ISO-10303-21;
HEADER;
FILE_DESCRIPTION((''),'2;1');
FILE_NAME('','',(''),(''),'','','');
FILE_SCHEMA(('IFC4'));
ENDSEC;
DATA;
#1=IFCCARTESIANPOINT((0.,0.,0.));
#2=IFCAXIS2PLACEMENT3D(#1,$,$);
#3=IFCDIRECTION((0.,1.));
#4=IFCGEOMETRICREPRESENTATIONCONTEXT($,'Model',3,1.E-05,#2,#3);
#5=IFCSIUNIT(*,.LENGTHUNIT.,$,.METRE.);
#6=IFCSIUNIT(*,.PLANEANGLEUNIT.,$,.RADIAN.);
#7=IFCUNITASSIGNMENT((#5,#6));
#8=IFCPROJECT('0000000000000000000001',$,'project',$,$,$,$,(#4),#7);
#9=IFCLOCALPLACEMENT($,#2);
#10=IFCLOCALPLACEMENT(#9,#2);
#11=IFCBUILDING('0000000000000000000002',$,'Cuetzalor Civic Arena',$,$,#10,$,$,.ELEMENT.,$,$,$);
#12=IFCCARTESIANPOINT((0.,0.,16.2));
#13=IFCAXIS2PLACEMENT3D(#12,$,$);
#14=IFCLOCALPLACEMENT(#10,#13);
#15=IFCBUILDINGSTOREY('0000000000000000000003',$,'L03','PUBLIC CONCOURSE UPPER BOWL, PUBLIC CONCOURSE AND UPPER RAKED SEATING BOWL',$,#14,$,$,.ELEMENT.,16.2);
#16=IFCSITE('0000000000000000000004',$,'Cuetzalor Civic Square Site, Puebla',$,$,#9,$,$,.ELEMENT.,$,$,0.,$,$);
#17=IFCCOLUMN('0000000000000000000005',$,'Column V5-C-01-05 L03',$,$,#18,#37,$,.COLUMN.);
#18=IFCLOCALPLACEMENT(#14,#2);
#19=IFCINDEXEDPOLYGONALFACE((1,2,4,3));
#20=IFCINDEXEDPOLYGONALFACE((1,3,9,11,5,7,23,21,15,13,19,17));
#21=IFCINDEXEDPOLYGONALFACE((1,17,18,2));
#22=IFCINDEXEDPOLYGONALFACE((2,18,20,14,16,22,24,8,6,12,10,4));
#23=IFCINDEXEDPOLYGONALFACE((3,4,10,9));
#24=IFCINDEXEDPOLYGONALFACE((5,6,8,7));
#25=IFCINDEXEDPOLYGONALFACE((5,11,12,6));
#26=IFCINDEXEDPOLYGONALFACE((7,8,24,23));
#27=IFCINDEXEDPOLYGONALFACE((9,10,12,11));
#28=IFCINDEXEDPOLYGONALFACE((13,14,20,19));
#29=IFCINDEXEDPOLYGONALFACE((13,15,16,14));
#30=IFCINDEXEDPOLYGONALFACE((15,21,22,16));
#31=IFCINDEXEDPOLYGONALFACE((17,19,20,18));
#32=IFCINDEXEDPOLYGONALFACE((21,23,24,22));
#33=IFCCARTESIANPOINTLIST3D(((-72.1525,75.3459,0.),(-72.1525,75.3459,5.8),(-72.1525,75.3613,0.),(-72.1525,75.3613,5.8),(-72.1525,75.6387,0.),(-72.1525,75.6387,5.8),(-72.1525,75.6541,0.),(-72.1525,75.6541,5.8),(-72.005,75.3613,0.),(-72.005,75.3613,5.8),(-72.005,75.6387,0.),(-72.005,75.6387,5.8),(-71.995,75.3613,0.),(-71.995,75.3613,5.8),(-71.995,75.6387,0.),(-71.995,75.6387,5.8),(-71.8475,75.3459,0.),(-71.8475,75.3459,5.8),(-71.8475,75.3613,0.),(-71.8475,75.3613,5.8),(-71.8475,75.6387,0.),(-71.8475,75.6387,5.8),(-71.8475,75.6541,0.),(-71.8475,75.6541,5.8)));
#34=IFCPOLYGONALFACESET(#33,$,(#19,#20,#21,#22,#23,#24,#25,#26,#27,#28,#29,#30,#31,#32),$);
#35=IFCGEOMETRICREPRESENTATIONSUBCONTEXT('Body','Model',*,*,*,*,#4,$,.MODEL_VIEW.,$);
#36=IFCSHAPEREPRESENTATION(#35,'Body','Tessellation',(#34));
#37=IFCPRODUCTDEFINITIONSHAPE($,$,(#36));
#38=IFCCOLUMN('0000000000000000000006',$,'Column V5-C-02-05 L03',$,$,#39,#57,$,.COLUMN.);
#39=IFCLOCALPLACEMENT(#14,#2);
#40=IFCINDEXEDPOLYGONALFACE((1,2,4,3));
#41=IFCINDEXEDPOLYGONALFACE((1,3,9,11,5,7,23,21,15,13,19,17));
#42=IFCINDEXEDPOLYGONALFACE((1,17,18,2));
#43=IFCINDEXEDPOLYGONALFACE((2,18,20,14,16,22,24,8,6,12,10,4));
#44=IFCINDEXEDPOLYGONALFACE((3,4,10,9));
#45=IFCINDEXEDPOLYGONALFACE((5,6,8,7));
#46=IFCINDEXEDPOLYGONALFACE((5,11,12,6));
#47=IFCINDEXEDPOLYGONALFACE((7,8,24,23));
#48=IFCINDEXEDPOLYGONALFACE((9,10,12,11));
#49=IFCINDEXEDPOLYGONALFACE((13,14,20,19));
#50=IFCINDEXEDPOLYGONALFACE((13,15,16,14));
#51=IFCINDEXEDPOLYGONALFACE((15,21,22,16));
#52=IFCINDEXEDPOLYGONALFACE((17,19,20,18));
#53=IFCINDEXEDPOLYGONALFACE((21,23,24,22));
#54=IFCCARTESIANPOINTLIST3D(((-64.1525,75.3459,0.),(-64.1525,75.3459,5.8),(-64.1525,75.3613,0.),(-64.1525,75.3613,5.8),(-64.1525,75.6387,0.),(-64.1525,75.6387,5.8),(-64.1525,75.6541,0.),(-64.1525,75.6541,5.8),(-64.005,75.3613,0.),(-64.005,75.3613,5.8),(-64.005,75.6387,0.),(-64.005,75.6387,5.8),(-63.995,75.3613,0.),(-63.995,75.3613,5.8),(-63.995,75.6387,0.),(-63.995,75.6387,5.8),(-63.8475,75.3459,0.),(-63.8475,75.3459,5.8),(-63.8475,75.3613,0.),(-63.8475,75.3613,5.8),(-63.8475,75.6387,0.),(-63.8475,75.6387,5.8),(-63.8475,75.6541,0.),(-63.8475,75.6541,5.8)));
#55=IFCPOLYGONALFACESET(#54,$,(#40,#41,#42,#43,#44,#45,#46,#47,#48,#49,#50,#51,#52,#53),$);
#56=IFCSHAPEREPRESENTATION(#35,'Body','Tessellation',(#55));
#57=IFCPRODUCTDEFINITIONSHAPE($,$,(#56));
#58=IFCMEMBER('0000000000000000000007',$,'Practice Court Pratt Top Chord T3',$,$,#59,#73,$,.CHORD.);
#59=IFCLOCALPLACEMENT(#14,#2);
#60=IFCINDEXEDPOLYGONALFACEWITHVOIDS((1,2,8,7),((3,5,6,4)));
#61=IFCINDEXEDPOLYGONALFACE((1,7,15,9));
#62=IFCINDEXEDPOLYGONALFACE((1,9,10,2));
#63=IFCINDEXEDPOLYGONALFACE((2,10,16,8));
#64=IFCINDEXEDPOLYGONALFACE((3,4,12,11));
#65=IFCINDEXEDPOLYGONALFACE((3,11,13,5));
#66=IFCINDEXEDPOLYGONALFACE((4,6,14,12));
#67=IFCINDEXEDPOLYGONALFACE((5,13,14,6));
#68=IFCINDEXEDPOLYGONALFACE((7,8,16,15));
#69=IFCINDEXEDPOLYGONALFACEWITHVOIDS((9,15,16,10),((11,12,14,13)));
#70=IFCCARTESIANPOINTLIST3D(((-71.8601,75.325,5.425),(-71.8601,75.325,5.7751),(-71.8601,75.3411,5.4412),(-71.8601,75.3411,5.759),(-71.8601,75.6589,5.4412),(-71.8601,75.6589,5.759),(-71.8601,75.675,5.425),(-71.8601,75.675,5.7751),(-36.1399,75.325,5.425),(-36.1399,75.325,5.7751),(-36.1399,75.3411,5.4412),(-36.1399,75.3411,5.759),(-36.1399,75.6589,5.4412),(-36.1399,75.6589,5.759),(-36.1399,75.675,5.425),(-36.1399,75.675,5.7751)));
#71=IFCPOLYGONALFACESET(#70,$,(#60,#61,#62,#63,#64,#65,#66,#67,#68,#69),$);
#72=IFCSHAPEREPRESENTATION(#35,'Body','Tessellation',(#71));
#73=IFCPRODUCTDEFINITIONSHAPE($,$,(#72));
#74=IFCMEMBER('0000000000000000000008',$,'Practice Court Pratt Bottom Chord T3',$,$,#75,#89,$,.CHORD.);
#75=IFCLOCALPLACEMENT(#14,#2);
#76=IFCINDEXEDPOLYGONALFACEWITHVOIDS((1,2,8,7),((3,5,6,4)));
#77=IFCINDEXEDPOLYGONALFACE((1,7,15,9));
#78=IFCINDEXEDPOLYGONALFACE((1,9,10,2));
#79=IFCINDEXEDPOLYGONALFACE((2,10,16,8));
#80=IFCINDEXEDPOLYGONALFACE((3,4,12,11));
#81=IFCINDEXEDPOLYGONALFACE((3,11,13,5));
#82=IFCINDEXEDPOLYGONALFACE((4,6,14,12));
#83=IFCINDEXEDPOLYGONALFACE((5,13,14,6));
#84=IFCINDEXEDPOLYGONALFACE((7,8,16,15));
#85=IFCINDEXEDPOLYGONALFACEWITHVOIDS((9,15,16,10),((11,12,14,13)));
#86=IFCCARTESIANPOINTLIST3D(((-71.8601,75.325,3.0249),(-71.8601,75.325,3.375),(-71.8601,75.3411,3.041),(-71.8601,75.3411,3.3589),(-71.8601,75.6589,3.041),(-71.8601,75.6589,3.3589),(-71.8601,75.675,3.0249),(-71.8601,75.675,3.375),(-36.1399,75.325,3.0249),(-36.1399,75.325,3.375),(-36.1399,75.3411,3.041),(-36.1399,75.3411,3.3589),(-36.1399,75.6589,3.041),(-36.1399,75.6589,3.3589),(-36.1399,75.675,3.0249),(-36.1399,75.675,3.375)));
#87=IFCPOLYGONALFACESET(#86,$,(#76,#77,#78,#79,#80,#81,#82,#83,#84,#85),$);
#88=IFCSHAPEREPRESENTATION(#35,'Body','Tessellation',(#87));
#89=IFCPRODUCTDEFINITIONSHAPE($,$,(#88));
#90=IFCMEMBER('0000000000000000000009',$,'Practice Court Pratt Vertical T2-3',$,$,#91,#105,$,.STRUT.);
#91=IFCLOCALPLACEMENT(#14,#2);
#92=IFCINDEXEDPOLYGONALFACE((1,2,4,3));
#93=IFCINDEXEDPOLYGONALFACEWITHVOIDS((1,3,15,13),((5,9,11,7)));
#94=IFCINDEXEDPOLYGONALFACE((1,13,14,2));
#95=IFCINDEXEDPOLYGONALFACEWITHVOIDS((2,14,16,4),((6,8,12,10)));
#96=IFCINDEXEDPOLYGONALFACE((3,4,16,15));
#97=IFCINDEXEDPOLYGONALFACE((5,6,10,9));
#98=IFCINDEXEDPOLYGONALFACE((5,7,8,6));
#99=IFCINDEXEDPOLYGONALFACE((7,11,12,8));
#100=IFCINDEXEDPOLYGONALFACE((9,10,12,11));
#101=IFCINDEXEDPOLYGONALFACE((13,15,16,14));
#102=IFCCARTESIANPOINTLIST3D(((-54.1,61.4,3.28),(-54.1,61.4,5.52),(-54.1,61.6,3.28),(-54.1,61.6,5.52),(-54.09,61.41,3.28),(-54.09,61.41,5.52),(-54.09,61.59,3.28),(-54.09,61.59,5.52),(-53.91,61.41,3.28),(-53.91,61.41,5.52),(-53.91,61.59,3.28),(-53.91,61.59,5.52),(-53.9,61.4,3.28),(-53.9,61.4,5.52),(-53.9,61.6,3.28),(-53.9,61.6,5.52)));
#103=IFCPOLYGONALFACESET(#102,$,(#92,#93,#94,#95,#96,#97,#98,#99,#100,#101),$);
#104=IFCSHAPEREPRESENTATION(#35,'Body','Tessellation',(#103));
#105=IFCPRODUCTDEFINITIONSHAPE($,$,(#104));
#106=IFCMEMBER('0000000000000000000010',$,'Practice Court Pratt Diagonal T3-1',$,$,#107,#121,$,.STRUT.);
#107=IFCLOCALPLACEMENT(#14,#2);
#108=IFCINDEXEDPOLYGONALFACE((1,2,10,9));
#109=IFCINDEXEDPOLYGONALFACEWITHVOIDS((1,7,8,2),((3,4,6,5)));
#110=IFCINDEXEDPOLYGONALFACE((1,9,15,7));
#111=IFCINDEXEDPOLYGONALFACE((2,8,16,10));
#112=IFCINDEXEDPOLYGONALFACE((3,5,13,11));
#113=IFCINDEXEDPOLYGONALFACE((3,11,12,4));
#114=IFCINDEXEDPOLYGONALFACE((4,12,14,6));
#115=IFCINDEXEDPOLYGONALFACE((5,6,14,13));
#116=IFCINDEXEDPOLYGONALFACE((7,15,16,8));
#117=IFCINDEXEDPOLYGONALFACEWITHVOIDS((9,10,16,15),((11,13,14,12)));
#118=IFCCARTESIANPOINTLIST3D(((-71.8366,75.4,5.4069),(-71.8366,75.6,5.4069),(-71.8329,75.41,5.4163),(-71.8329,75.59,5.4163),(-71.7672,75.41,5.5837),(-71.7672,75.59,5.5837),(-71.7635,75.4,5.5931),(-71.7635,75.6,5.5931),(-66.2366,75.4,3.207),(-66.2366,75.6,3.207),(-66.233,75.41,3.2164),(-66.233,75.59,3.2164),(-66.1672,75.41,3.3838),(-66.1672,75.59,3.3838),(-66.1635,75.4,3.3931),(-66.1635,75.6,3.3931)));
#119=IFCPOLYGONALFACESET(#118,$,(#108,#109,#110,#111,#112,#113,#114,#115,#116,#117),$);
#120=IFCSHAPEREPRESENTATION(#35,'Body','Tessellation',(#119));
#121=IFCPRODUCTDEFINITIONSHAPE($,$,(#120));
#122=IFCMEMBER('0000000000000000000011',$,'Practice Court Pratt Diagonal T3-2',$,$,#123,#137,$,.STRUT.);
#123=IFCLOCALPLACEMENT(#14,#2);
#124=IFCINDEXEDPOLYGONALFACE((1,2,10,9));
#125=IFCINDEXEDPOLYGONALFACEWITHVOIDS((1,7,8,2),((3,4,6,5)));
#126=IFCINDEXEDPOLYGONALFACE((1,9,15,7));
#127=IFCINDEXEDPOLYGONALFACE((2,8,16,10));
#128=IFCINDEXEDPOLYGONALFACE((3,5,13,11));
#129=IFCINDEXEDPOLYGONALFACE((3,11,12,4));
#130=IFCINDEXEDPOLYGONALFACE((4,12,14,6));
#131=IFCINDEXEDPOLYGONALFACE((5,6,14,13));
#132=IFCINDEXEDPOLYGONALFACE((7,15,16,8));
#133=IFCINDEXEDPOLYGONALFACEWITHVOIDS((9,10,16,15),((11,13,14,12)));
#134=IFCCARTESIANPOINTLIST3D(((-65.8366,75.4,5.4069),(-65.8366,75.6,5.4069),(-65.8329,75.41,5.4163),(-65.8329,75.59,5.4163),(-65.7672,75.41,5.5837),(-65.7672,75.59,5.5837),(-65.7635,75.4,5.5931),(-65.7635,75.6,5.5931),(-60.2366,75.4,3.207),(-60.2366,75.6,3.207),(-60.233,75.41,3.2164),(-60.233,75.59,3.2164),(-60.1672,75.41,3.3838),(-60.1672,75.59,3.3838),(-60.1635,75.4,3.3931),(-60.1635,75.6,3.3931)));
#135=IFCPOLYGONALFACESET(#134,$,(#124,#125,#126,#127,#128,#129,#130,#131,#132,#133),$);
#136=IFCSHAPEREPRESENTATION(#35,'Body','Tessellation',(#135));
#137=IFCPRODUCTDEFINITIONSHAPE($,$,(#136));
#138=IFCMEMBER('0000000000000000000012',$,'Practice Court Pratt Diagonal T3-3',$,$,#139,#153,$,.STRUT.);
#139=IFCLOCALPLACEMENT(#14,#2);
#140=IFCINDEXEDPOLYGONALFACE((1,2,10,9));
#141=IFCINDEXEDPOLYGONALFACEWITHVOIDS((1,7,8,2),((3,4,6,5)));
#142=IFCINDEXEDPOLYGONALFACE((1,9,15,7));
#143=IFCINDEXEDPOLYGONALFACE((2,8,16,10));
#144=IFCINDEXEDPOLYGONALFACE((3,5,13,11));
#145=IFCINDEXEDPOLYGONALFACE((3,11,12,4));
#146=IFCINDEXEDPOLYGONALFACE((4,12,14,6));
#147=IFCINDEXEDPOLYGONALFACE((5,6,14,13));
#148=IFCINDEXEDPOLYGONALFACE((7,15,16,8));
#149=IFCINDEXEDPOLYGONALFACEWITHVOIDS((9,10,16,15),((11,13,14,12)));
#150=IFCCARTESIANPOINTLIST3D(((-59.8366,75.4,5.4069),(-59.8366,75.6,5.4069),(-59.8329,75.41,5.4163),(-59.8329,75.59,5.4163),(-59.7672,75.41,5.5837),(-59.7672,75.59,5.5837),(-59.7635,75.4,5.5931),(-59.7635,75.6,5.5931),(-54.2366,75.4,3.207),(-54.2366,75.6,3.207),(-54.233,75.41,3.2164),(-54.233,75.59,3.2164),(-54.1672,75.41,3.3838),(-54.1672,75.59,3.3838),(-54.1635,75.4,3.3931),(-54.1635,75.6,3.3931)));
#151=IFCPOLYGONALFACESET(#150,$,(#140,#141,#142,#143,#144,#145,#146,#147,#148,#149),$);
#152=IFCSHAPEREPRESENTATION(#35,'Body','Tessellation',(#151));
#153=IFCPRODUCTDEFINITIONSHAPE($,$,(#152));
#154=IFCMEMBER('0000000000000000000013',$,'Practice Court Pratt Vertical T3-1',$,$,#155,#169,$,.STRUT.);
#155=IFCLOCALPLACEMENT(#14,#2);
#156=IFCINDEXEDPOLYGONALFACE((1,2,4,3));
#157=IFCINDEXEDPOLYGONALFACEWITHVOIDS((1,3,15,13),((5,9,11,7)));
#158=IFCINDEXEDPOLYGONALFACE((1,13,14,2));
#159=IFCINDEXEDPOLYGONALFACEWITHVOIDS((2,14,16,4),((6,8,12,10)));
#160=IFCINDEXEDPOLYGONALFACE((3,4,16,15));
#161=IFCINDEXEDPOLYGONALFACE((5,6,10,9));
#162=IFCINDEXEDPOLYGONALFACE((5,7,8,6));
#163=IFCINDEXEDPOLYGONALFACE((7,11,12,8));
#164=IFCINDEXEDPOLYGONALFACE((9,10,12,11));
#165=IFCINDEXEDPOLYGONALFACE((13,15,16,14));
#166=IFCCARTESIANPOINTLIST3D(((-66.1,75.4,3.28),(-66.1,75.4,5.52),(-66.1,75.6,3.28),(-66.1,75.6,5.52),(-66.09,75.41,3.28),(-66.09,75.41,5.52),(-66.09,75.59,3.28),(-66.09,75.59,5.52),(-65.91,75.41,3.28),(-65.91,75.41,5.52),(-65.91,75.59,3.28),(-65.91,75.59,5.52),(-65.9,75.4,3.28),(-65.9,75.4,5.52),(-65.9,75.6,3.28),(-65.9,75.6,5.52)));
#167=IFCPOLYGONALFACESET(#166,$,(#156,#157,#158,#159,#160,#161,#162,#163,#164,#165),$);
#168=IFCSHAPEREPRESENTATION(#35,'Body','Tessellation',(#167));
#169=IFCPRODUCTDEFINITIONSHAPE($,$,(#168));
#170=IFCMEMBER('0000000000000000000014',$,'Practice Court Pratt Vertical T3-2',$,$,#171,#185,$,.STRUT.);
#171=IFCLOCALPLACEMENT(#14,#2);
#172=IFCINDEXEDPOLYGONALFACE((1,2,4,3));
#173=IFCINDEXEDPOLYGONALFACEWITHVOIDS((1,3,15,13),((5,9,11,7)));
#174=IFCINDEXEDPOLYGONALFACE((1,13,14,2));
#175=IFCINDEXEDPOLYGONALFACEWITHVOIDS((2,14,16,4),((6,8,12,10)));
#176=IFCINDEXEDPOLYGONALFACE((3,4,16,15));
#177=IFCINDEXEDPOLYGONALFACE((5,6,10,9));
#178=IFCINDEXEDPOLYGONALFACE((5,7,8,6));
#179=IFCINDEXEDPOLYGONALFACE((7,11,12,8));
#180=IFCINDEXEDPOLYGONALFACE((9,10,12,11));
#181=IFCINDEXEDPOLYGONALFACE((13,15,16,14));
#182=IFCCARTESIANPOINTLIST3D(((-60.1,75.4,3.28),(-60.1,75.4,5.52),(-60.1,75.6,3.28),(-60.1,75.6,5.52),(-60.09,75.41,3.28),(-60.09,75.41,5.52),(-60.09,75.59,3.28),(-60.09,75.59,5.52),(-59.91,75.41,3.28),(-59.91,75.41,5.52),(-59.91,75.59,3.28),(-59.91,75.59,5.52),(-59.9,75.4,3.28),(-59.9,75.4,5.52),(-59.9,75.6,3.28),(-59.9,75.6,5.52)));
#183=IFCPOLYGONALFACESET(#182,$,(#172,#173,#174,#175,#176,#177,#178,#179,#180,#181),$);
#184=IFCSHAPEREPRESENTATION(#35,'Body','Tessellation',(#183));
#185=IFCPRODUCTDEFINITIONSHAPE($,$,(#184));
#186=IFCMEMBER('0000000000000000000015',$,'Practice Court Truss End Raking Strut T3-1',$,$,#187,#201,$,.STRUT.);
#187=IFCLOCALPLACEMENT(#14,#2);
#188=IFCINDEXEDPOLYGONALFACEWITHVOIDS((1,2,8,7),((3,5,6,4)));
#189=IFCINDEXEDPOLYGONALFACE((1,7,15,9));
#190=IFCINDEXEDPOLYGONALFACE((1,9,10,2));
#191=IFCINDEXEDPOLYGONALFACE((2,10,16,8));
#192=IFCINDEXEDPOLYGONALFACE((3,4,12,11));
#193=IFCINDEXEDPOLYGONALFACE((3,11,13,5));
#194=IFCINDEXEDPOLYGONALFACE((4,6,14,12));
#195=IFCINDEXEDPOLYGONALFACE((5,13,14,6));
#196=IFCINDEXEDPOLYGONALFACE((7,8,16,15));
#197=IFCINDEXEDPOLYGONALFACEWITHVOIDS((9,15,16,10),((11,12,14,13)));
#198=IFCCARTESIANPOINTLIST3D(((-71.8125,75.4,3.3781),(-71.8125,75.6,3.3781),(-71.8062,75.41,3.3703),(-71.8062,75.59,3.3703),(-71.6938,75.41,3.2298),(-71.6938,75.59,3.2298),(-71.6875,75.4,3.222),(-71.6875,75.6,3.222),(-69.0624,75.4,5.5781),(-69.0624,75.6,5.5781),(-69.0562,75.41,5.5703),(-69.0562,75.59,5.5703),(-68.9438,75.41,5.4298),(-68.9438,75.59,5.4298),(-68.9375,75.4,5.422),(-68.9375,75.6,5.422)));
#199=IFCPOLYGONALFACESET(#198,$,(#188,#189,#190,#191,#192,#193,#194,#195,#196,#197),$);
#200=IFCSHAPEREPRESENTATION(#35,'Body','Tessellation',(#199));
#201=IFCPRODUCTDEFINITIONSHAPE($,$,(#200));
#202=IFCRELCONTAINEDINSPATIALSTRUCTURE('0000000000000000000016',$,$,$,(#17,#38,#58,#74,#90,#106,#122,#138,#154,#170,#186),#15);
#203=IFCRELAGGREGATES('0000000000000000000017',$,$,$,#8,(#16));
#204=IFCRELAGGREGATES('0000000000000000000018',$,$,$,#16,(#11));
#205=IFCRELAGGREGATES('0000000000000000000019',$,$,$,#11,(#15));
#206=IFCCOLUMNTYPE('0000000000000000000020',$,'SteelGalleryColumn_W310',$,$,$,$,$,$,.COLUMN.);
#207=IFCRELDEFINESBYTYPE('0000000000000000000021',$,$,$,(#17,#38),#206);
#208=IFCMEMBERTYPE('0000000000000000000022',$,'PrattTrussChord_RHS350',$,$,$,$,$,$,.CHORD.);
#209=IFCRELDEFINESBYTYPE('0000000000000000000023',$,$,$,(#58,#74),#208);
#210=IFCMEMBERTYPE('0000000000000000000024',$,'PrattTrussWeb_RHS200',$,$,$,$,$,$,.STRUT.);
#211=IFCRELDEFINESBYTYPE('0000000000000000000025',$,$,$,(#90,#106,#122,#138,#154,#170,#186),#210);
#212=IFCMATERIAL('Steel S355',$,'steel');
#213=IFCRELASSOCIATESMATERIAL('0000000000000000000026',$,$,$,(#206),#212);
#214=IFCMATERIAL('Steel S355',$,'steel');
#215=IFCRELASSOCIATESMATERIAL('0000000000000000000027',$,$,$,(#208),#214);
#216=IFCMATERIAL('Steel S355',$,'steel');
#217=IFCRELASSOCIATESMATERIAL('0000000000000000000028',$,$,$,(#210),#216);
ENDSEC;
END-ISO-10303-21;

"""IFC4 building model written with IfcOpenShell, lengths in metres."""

from ifc_helpers import new_model, si_unit, direction, frame, origin, origin_2d, place, context, subcontext, project, spatial, hollow_rectangle, i_section, extrude, material, material_profile, profile_set, type_object, element, save


model = new_model("IFC4")

# Units and contexts
model_context = context("Model", 3, precision=1e-05, world=origin(), true_north=direction((0.0, 1.0)))
body_context = subcontext(model_context, "Body", "Model", "MODEL_VIEW")
ifc_project = project(units=[si_unit("LENGTHUNIT", "METRE"), si_unit("PLANEANGLEUNIT", "RADIAN")], contexts=[model_context])

# Site, building, storey
site_placement = place(None, origin())
site = spatial("IfcSite", under=ifc_project, at=site_placement, Name="Cuetzalor Civic Square Site, Puebla", CompositionType="ELEMENT", RefElevation=0.0)
building_placement = place(site_placement, origin())
building = spatial("IfcBuilding", under=site, at=building_placement, Name="Cuetzalor Civic Arena", CompositionType="ELEMENT")
storey_placement = place(building_placement, frame((0.0, 0.0, 16.2)))
storey = spatial("IfcBuildingStorey", under=building, at=storey_placement, Name="L03", Description="PUBLIC CONCOURSE UPPER BOWL, PUBLIC CONCOURSE AND UPPER RAKED SEATING BOWL", CompositionType="ELEMENT", Elevation=16.2)

# Columns
ifc_material_1 = material(Name="Steel S355", Category="steel")
ifc_material_profile_1 = material_profile(ifc_material_1, i_section(OverallWidth=0.3049, OverallDepth=0.3081, WebThickness=0.01, FlangeThickness=0.0154, at=origin_2d()), Name="W310x97")
ifc_profile_set_1 = profile_set([ifc_material_profile_1], Name="Steel S355")
column_type = type_object("IfcColumnType", Name="SteelGalleryColumn_W310", PredefinedType="COLUMN", material=ifc_profile_set_1)
for number, where, z_axis, x_axis, name in (
    (1, (-72.0, 75.5, 0.0), (0.0, 0.0, 1.0), (1.0, 0.0, 0.0), "Column V5-C-01-05 L03"),
    (2, (-64.0, 75.5, 0.0), (0.0, 0.0, 1.0), (1.0, 0.0, 0.0), "Column V5-C-02-05 L03"),
):
    element("IfcColumn", number, at=place(storey_placement, frame(where, z_axis=z_axis, x_axis=x_axis)), inside=storey, type_object=column_type, Name=name, PredefinedType="COLUMN", context=body_context, shape_type="SweptSolid", body=[
        extrude(i_section(OverallWidth=0.3049, OverallDepth=0.3081, WebThickness=0.01, FlangeThickness=0.0154, at=origin_2d()), origin(), (0.0, 0.0, 1.0), 5.8),
    ])

# Members
ifc_material_2 = material(Name="Steel S355", Category="steel")
ifc_material_profile_2 = material_profile(ifc_material_2, hollow_rectangle(XDim=0.3501, YDim=0.3501, WallThickness=0.0161, at=origin_2d()), Name="RHS 350x350x16")
ifc_profile_set_2 = profile_set([ifc_material_profile_2], Name="Steel S355")
member_type_1 = type_object("IfcMemberType", Name="PrattTrussChord_RHS350", PredefinedType="CHORD", material=ifc_profile_set_2)
for number, where, z_axis, x_axis, name in (
    (3, (-71.8601, 75.5, 5.6001), (1.0, 0.0, 0.0), (0.0, 1.0, 0.0), "Practice Court Pratt Top Chord T3"),
    (4, (-71.8601, 75.5, 3.2), (1.0, 0.0, 0.0), (0.0, 1.0, 0.0), "Practice Court Pratt Bottom Chord T3"),
):
    element("IfcMember", number, at=place(storey_placement, frame(where, z_axis=z_axis, x_axis=x_axis)), inside=storey, type_object=member_type_1, Name=name, PredefinedType="CHORD", context=body_context, shape_type="SweptSolid", body=[
        extrude(hollow_rectangle(XDim=0.3501, YDim=0.3501, WallThickness=0.0161, at=origin_2d()), origin(), (0.0, 0.0, 1.0), 35.7202),
    ])
ifc_material_3 = material(Name="Steel S355", Category="steel")
ifc_material_profile_3 = material_profile(ifc_material_3, hollow_rectangle(XDim=0.2, YDim=0.2, WallThickness=0.01, at=origin_2d()), Name="RHS 200x200x10")
ifc_profile_set_3 = profile_set([ifc_material_profile_3], Name="Steel S355")
member_type_2 = type_object("IfcMemberType", Name="PrattTrussWeb_RHS200", PredefinedType="STRUT", material=ifc_profile_set_3)
member_1_placement = place(storey_placement, frame((-54.0, 61.5, 3.28), z_axis=(0.0, 0.0, 1.0), x_axis=(1.0, 0.0, 0.0)))
element("IfcMember", 5, at=member_1_placement, inside=storey, type_object=member_type_2, Name="Practice Court Pratt Vertical T2-3", PredefinedType="STRUT", context=body_context, shape_type="SweptSolid", body=[
    extrude(hollow_rectangle(XDim=0.2, YDim=0.2, WallThickness=0.01, at=origin_2d()), origin(), (0.0, 0.0, 1.0), 2.24),
])
for number, where, z_axis, x_axis, name in (
    (6, (-71.8, 75.5, 5.5), (0.930756, 0.0, -0.36564), (0.0, 1.0, 0.0), "Practice Court Pratt Diagonal T3-1"),
    (7, (-65.8, 75.5, 5.5), (0.930756, 0.0, -0.36564), (0.0, 1.0, 0.0), "Practice Court Pratt Diagonal T3-2"),
    (8, (-59.8, 75.5, 5.5), (0.930756, 0.0, -0.36564), (0.0, 1.0, 0.0), "Practice Court Pratt Diagonal T3-3"),
):
    element("IfcMember", number, at=place(storey_placement, frame(where, z_axis=z_axis, x_axis=x_axis)), inside=storey, type_object=member_type_2, Name=name, PredefinedType="STRUT", context=body_context, shape_type="SweptSolid", body=[
        extrude(hollow_rectangle(XDim=0.2, YDim=0.2, WallThickness=0.01, at=origin_2d()), origin(), (0.0, 0.0, 1.0), 6.0166),
    ])
for number, where, z_axis, x_axis, name in (
    (9, (-66.0, 75.5, 3.28), (0.0, 0.0, 1.0), (1.0, 0.0, 0.0), "Practice Court Pratt Vertical T3-1"),
    (10, (-60.0, 75.5, 3.28), (0.0, 0.0, 1.0), (1.0, 0.0, 0.0), "Practice Court Pratt Vertical T3-2"),
):
    element("IfcMember", number, at=place(storey_placement, frame(where, z_axis=z_axis, x_axis=x_axis)), inside=storey, type_object=member_type_2, Name=name, PredefinedType="STRUT", context=body_context, shape_type="SweptSolid", body=[
        extrude(hollow_rectangle(XDim=0.2, YDim=0.2, WallThickness=0.01, at=origin_2d()), origin(), (0.0, 0.0, 1.0), 2.24),
    ])
member_2_placement = place(storey_placement, frame((-71.75, 75.5, 3.3), z_axis=(0.780876, 0.0, 0.624687), x_axis=(0.0, 1.0, 0.0)))
element("IfcMember", 11, at=member_2_placement, inside=storey, type_object=member_type_2, Name="Practice Court Truss End Raking Strut T3-1", PredefinedType="STRUT", context=body_context, shape_type="SweptSolid", body=[
    extrude(hollow_rectangle(XDim=0.2, YDim=0.2, WallThickness=0.01, at=origin_2d()), origin(), (0.0, 0.0, 1.0), 3.5217),
])

save(model, "model.ifc")
